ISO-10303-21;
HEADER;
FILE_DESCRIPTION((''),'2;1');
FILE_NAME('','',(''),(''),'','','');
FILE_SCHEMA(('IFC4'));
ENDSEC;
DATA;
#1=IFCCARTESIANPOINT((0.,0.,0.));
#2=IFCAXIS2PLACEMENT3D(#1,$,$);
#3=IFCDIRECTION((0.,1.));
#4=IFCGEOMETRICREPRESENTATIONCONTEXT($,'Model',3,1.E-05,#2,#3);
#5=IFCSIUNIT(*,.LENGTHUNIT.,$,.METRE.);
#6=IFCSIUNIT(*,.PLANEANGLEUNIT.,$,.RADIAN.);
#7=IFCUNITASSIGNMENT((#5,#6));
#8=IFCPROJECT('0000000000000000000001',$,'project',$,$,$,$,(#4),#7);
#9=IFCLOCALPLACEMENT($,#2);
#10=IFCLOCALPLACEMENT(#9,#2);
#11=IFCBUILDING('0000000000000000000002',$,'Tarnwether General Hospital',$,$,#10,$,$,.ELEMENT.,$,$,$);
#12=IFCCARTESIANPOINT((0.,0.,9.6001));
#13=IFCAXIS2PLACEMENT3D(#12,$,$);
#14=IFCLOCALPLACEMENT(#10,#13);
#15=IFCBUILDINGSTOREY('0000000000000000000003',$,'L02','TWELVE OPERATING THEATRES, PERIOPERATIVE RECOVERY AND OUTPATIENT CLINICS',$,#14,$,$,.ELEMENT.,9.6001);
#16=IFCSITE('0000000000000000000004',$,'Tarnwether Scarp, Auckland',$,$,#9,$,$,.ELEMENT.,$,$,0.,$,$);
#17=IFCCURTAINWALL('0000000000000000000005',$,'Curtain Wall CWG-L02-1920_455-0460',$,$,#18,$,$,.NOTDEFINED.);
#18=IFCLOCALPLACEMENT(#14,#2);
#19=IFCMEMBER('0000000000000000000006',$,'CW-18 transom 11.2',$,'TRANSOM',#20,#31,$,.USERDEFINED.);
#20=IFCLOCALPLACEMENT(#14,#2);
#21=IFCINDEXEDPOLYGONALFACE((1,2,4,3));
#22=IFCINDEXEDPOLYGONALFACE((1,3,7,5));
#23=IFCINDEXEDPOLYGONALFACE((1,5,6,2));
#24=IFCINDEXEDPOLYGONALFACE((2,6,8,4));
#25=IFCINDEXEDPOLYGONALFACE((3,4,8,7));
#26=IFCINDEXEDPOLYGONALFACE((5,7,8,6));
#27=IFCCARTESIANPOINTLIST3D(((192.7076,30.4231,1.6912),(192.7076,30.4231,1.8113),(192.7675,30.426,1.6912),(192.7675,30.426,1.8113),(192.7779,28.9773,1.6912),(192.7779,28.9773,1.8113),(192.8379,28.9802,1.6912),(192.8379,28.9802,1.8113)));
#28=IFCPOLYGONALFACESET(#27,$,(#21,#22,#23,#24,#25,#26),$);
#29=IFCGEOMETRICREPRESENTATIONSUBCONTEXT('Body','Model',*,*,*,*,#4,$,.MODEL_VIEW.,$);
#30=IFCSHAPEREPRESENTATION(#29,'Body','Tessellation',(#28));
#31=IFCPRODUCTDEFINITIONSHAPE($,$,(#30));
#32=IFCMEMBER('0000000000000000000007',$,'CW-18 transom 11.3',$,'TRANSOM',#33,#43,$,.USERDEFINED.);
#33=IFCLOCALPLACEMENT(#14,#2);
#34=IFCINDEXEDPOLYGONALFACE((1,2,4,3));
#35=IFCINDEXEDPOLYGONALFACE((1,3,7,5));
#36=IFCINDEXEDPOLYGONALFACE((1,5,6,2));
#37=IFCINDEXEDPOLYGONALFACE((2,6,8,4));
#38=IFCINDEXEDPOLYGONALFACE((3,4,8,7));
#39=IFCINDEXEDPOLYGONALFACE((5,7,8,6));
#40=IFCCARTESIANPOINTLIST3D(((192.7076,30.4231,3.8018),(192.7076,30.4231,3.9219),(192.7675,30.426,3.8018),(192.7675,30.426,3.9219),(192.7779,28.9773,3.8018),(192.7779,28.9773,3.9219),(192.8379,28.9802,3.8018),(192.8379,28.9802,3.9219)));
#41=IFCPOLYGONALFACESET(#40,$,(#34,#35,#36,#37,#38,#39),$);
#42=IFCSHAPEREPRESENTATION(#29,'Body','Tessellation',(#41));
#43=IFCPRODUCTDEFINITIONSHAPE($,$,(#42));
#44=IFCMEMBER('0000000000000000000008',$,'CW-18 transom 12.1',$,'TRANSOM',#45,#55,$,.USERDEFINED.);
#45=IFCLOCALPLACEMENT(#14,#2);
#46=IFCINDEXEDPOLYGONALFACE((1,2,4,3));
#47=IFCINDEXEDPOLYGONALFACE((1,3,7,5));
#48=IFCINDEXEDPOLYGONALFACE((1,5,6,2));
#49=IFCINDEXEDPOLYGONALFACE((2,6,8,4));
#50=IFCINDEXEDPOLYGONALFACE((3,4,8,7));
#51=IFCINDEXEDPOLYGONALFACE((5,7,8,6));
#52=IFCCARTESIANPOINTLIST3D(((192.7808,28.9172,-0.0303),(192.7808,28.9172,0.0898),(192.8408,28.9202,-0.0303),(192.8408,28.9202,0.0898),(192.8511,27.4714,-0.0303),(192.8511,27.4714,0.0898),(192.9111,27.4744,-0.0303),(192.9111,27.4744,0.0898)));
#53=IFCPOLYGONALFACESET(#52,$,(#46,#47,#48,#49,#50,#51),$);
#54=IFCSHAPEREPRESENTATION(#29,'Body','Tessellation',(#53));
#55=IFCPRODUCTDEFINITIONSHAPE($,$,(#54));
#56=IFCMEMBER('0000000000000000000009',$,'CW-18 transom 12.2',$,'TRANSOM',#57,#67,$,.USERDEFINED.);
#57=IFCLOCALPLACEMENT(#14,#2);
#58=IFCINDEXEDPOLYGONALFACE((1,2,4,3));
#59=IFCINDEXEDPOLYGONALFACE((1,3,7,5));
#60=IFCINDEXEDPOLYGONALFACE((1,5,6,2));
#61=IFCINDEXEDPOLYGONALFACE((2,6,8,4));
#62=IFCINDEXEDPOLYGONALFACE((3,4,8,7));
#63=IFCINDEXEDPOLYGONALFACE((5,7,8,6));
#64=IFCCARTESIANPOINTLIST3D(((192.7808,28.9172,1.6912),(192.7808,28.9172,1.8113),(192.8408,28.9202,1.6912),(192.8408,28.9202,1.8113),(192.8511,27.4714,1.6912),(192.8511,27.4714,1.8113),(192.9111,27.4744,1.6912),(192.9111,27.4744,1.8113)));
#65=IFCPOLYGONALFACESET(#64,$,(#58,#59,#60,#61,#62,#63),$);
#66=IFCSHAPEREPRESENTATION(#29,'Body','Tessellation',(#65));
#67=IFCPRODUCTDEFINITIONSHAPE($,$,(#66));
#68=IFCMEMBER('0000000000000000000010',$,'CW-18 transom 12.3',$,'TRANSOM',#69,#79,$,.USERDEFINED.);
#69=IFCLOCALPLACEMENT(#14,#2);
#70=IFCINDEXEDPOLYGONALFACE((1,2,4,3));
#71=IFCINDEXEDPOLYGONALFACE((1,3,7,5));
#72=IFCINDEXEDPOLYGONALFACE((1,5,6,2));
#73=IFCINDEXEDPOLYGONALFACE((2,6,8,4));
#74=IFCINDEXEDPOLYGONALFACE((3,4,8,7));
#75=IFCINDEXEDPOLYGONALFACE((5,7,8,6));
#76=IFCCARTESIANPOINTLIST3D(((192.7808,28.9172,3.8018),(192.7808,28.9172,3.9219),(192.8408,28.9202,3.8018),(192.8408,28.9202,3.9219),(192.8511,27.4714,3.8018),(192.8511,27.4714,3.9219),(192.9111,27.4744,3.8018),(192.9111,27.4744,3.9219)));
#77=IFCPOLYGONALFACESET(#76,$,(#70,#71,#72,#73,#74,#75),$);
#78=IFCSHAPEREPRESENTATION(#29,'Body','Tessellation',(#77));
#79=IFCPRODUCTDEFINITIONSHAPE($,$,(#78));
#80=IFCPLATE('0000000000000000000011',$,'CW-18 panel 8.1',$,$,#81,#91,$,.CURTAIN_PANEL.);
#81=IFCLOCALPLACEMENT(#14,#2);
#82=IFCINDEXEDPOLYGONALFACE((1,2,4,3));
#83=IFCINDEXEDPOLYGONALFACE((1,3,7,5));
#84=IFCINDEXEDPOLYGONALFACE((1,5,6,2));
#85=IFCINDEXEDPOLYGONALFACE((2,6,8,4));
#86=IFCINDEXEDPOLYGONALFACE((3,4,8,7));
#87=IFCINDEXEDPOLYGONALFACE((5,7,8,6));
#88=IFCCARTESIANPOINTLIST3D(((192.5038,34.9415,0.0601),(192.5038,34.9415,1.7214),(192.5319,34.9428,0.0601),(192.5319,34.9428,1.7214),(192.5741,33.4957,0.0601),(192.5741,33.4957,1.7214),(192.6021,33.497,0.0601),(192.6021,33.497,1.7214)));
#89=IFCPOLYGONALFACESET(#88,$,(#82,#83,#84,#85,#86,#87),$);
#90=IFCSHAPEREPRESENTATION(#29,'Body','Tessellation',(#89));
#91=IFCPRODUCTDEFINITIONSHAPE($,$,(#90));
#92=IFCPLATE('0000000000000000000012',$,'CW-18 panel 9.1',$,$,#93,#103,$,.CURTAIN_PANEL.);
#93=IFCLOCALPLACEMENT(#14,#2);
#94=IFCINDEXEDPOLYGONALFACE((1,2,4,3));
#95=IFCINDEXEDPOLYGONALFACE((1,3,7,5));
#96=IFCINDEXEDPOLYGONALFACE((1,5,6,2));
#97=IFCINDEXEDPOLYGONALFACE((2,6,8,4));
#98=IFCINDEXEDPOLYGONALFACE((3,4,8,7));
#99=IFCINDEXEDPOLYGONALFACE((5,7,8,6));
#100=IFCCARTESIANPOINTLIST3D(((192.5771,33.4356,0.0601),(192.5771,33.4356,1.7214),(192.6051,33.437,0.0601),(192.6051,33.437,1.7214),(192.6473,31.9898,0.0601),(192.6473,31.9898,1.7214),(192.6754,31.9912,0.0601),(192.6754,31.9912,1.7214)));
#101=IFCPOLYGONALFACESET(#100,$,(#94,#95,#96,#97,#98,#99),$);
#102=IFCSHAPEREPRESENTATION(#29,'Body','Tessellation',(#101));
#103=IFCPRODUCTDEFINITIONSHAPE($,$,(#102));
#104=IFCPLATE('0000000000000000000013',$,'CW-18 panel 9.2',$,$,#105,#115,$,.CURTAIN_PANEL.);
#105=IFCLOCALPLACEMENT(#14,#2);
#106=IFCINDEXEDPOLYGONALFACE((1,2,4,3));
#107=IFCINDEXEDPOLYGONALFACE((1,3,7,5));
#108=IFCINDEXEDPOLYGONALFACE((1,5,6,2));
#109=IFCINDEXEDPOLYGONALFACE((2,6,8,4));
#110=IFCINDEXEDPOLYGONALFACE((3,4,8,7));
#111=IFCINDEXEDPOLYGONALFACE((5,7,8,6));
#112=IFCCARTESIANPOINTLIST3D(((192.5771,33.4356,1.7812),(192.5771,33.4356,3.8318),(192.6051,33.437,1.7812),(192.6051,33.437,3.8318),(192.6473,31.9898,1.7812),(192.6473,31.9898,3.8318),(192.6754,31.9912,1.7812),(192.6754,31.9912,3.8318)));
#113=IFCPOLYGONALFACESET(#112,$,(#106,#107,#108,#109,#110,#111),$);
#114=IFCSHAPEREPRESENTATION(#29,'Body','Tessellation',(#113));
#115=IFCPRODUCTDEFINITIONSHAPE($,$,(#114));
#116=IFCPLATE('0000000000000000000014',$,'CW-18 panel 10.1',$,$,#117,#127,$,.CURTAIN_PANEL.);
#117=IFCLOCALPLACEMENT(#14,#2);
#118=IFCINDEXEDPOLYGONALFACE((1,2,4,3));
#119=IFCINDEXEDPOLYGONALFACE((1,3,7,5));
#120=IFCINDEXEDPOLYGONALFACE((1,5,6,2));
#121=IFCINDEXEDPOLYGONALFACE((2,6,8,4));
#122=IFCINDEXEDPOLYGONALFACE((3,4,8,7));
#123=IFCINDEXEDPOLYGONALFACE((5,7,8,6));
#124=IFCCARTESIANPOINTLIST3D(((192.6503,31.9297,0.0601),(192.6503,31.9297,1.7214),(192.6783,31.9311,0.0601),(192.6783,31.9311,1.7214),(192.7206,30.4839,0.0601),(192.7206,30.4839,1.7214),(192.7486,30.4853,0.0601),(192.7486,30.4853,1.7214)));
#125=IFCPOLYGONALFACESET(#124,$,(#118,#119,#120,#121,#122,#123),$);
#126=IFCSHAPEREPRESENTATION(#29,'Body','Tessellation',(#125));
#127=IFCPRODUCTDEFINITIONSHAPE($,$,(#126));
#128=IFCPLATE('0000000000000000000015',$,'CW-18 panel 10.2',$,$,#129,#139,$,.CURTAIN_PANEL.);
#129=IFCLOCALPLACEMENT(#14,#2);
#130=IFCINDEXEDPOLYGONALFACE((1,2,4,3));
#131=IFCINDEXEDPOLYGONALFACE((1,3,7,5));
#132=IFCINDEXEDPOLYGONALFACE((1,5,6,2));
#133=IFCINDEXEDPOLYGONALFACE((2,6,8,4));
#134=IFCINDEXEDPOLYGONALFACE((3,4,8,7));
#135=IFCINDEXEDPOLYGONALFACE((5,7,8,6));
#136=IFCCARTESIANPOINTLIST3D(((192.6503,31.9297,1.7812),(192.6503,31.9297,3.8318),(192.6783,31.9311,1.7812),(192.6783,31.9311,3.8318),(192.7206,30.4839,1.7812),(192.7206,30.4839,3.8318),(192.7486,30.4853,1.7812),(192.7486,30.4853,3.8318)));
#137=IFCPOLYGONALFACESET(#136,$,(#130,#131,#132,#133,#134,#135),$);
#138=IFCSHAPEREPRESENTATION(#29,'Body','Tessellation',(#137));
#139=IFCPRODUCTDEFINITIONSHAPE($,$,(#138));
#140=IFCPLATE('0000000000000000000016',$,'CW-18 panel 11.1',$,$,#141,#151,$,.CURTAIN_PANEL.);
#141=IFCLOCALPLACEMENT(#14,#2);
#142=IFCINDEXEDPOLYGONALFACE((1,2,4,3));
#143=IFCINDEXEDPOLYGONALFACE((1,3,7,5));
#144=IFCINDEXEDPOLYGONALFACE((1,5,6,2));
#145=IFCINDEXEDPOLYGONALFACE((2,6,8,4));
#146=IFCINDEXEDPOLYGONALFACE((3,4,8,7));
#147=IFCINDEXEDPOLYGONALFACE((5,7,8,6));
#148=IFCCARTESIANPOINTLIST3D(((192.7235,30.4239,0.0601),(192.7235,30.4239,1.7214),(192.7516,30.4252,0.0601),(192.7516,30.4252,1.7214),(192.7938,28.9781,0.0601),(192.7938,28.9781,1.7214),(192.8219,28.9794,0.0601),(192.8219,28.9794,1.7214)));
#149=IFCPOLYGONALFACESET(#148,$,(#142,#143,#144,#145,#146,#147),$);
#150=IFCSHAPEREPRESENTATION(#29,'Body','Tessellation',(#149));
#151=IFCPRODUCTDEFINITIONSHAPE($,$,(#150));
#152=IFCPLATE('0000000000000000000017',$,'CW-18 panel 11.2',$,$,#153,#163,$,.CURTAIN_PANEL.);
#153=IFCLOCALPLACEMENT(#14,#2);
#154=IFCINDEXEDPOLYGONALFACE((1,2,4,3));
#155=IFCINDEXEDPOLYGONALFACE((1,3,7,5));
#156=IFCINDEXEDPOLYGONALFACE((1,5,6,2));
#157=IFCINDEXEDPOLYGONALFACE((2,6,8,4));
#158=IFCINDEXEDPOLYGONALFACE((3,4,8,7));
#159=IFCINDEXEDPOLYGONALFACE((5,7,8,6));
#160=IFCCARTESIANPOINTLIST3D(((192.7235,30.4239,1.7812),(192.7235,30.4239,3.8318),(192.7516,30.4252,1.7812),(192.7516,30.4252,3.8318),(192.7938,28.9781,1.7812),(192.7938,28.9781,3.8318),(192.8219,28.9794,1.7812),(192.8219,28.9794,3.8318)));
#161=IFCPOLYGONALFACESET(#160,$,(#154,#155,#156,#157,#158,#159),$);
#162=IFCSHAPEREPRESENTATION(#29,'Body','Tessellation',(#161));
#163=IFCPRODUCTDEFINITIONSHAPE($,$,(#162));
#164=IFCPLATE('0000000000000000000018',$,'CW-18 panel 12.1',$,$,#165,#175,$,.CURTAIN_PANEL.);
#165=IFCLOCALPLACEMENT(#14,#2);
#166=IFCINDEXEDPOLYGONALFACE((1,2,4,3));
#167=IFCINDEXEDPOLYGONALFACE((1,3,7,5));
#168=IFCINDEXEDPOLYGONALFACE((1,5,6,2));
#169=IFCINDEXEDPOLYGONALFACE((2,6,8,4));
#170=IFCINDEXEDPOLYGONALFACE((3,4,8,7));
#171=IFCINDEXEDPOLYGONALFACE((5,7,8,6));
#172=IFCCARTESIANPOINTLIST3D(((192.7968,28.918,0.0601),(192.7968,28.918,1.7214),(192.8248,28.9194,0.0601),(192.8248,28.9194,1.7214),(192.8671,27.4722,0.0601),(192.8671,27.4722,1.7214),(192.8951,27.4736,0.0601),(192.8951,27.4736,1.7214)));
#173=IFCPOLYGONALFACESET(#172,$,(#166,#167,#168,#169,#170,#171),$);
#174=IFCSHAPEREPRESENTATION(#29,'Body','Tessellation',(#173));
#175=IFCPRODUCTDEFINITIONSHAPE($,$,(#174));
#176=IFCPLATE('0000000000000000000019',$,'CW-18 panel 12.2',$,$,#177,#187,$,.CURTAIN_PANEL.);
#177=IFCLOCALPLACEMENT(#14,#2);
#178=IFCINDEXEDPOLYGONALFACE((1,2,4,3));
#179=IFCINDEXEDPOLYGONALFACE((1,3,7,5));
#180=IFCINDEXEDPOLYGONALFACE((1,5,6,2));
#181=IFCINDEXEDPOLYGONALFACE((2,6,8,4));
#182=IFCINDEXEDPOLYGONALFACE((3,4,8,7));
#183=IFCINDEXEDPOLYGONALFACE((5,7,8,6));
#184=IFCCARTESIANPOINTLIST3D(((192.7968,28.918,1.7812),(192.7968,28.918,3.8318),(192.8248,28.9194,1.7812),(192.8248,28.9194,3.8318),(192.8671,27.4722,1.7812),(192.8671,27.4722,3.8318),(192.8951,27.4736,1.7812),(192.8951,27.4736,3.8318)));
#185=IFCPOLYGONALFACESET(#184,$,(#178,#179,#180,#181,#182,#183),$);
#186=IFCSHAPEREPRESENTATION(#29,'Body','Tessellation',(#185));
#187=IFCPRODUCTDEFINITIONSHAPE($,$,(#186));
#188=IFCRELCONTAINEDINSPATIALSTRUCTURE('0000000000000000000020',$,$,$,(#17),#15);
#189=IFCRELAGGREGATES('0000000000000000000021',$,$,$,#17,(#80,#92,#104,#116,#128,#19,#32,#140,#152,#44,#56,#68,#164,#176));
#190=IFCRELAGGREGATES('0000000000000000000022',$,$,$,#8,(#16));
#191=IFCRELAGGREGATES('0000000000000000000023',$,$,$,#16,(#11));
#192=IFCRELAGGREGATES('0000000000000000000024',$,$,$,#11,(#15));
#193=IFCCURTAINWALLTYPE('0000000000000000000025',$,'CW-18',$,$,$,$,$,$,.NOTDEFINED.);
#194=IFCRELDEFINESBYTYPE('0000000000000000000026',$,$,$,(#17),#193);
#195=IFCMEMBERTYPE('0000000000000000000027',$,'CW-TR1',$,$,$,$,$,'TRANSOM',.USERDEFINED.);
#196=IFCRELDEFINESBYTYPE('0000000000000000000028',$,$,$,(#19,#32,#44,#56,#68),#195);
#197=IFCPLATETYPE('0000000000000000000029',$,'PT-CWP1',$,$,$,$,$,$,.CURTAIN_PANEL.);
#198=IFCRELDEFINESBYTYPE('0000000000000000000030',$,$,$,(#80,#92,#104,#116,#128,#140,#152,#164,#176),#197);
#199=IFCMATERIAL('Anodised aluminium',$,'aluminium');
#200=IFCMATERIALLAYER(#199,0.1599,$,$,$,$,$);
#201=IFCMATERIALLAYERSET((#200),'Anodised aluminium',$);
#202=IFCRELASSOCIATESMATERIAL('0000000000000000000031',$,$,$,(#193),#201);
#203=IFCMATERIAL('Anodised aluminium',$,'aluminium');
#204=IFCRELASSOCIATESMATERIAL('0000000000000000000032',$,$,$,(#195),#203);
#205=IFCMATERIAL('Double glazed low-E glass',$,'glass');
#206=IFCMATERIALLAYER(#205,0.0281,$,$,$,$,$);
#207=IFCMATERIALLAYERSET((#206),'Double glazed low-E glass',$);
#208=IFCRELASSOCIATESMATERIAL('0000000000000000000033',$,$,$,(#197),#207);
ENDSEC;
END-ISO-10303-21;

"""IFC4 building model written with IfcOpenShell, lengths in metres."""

from ifc_helpers import new_model, si_unit, direction, frame, origin, origin_2d, place, context, subcontext, project, spatial, rectangle, extrude, material, layer, layer_set, material_profile, profile_set, type_object, element, aggregate, save


model = new_model("IFC4")

# Units and contexts
model_context = context("Model", 3, precision=1e-05, world=origin(), true_north=direction((0.0, 1.0)))
body_context = subcontext(model_context, "Body", "Model", "MODEL_VIEW")
ifc_project = project(units=[si_unit("LENGTHUNIT", "METRE"), si_unit("PLANEANGLEUNIT", "RADIAN")], contexts=[model_context])

# Site, building, storey
site_placement = place(None, origin())
site = spatial("IfcSite", under=ifc_project, at=site_placement, Name="Tarnwether Scarp, Auckland", CompositionType="ELEMENT", RefElevation=0.0)
building_placement = place(site_placement, origin())
building = spatial("IfcBuilding", under=site, at=building_placement, Name="Tarnwether General Hospital", CompositionType="ELEMENT")
storey_placement = place(building_placement, frame((0.0, 0.0, 9.6001)))
storey = spatial("IfcBuildingStorey", under=building, at=storey_placement, Name="L02", Description="TWELVE OPERATING THEATRES, PERIOPERATIVE RECOVERY AND OUTPATIENT CLINICS", CompositionType="ELEMENT", Elevation=9.6001)

# Curtain wall, members, plates
ifc_material_1 = material(Name="Anodised aluminium", Category="aluminium")
ifc_layer_1 = layer(ifc_material_1, 0.1599)
ifc_layer_set_1 = layer_set([ifc_layer_1], Name="Anodised aluminium")
curtain_wall_type = type_object("IfcCurtainWallType", Name="CW-18", PredefinedType="NOTDEFINED", material=ifc_layer_set_1)
curtain_wall_placement = place(storey_placement, origin())
curtain_wall = element("IfcCurtainWall", 1, at=curtain_wall_placement, inside=storey, type_object=curtain_wall_type, Name="Curtain Wall CWG-L02-1920_455-0460", PredefinedType="NOTDEFINED")
ifc_material_2 = material(Name="Anodised aluminium", Category="aluminium")
ifc_material_profile_1 = material_profile(ifc_material_2, rectangle(XDim=0.0601, YDim=0.1201, at=origin_2d()), Name="ALU-TRN-60x120")
ifc_profile_set_1 = profile_set([ifc_material_profile_1], Name="Anodised aluminium")
member_type_1 = type_object("IfcMemberType", Name="CW-TR1", ElementType="TRANSOM", PredefinedType="USERDEFINED", material=ifc_profile_set_1)
member_1_placement = place(storey_placement, frame((192.7375, 30.4246, 1.7512), z_axis=(0.048575, -0.99882, 0.0), x_axis=(0.99882, 0.048575, 0.0)))
member_1 = element("IfcMember", 2, at=member_1_placement, type_object=member_type_1, Name="CW-18 transom 11.2", ObjectType="TRANSOM", PredefinedType="USERDEFINED", context=body_context, shape_type="SweptSolid", body=[
    extrude(rectangle(XDim=0.0601, YDim=0.1201, at=origin_2d()), origin(), (0.0, 0.0, 1.0), 1.4475),
])
member_2_placement = place(storey_placement, frame((192.7375, 30.4246, 3.8618), z_axis=(0.048575, -0.99882, 0.0), x_axis=(0.99882, 0.048575, 0.0)))
member_2 = element("IfcMember", 3, at=member_2_placement, type_object=member_type_1, Name="CW-18 transom 11.3", ObjectType="TRANSOM", PredefinedType="USERDEFINED", context=body_context, shape_type="SweptSolid", body=[
    extrude(rectangle(XDim=0.0601, YDim=0.1201, at=origin_2d()), origin(), (0.0, 0.0, 1.0), 1.4475),
])
member_3_placement = place(storey_placement, frame((192.8108, 28.9187, 0.0298), z_axis=(0.048575, -0.99882, 0.0), x_axis=(0.99882, 0.048575, 0.0)))
member_3 = element("IfcMember", 4, at=member_3_placement, type_object=member_type_1, Name="CW-18 transom 12.1", ObjectType="TRANSOM", PredefinedType="USERDEFINED", context=body_context, shape_type="SweptSolid", body=[
    extrude(rectangle(XDim=0.0601, YDim=0.1201, at=origin_2d()), origin(), (0.0, 0.0, 1.0), 1.4475),
])
member_4_placement = place(storey_placement, frame((192.8108, 28.9187, 1.7512), z_axis=(0.048575, -0.99882, 0.0), x_axis=(0.99882, 0.048575, 0.0)))
member_4 = element("IfcMember", 5, at=member_4_placement, type_object=member_type_1, Name="CW-18 transom 12.2", ObjectType="TRANSOM", PredefinedType="USERDEFINED", context=body_context, shape_type="SweptSolid", body=[
    extrude(rectangle(XDim=0.0601, YDim=0.1201, at=origin_2d()), origin(), (0.0, 0.0, 1.0), 1.4475),
])
member_5_placement = place(storey_placement, frame((192.8108, 28.9187, 3.8618), z_axis=(0.048575, -0.99882, 0.0), x_axis=(0.99882, 0.048575, 0.0)))
member_5 = element("IfcMember", 6, at=member_5_placement, type_object=member_type_1, Name="CW-18 transom 12.3", ObjectType="TRANSOM", PredefinedType="USERDEFINED", context=body_context, shape_type="SweptSolid", body=[
    extrude(rectangle(XDim=0.0601, YDim=0.1201, at=origin_2d()), origin(), (0.0, 0.0, 1.0), 1.4475),
])
ifc_material_3 = material(Name="Double glazed low-E glass", Category="glass")
ifc_layer_2 = layer(ifc_material_3, 0.0281)
ifc_layer_set_2 = layer_set([ifc_layer_2], Name="Double glazed low-E glass")
plate_type_1 = type_object("IfcPlateType", Name="PT-CWP1", PredefinedType="CURTAIN_PANEL", material=ifc_layer_set_2)
plate_1_placement = place(storey_placement, frame((192.553, 34.2192, 0.0601), z_axis=(0.0, 0.0, 1.0), x_axis=(0.04856, -0.99882, 0.0)))
plate_1 = element("IfcPlate", 7, at=plate_1_placement, type_object=plate_type_1, Name="CW-18 panel 8.1", PredefinedType="CURTAIN_PANEL", context=body_context, shape_type="SweptSolid", body=[
    extrude(rectangle(XDim=1.4475, YDim=0.0281, at=origin_2d()), origin(), (0.0, 0.0, 1.0), 1.6614),
])
plate_2_placement = place(storey_placement, frame((192.6262, 32.7134, 0.0601), z_axis=(0.0, 0.0, 1.0), x_axis=(0.04856, -0.99882, 0.0)))
plate_2 = element("IfcPlate", 8, at=plate_2_placement, type_object=plate_type_1, Name="CW-18 panel 9.1", PredefinedType="CURTAIN_PANEL", context=body_context, shape_type="SweptSolid", body=[
    extrude(rectangle(XDim=1.4475, YDim=0.0281, at=origin_2d()), origin(), (0.0, 0.0, 1.0), 1.6614),
])
plate_3_placement = place(storey_placement, frame((192.6262, 32.7134, 1.7812), z_axis=(0.0, 0.0, 1.0), x_axis=(0.04856, -0.99882, 0.0)))
plate_3 = element("IfcPlate", 9, at=plate_3_placement, type_object=plate_type_1, Name="CW-18 panel 9.2", PredefinedType="CURTAIN_PANEL", context=body_context, shape_type="SweptSolid", body=[
    extrude(rectangle(XDim=1.4475, YDim=0.0281, at=origin_2d()), origin(), (0.0, 0.0, 1.0), 2.0505),
])
plate_4_placement = place(storey_placement, frame((192.6995, 31.2075, 0.0601), z_axis=(0.0, 0.0, 1.0), x_axis=(0.04856, -0.99882, 0.0)))
plate_4 = element("IfcPlate", 10, at=plate_4_placement, type_object=plate_type_1, Name="CW-18 panel 10.1", PredefinedType="CURTAIN_PANEL", context=body_context, shape_type="SweptSolid", body=[
    extrude(rectangle(XDim=1.4475, YDim=0.0281, at=origin_2d()), origin(), (0.0, 0.0, 1.0), 1.6614),
])
plate_5_placement = place(storey_placement, frame((192.6995, 31.2075, 1.7812), z_axis=(0.0, 0.0, 1.0), x_axis=(0.04856, -0.99882, 0.0)))
plate_5 = element("IfcPlate", 11, at=plate_5_placement, type_object=plate_type_1, Name="CW-18 panel 10.2", PredefinedType="CURTAIN_PANEL", context=body_context, shape_type="SweptSolid", body=[
    extrude(rectangle(XDim=1.4475, YDim=0.0281, at=origin_2d()), origin(), (0.0, 0.0, 1.0), 2.0505),
])
plate_6_placement = place(storey_placement, frame((192.7727, 29.7017, 0.0601), z_axis=(0.0, 0.0, 1.0), x_axis=(0.04856, -0.99882, 0.0)))
plate_6 = element("IfcPlate", 12, at=plate_6_placement, type_object=plate_type_1, Name="CW-18 panel 11.1", PredefinedType="CURTAIN_PANEL", context=body_context, shape_type="SweptSolid", body=[
    extrude(rectangle(XDim=1.4475, YDim=0.0281, at=origin_2d()), origin(), (0.0, 0.0, 1.0), 1.6614),
])
plate_7_placement = place(storey_placement, frame((192.7727, 29.7017, 1.7812), z_axis=(0.0, 0.0, 1.0), x_axis=(0.04856, -0.99882, 0.0)))
plate_7 = element("IfcPlate", 13, at=plate_7_placement, type_object=plate_type_1, Name="CW-18 panel 11.2", PredefinedType="CURTAIN_PANEL", context=body_context, shape_type="SweptSolid", body=[
    extrude(rectangle(XDim=1.4475, YDim=0.0281, at=origin_2d()), origin(), (0.0, 0.0, 1.0), 2.0505),
])
plate_8_placement = place(storey_placement, frame((192.8459, 28.1958, 0.0601), z_axis=(0.0, 0.0, 1.0), x_axis=(0.04856, -0.99882, 0.0)))
plate_8 = element("IfcPlate", 14, at=plate_8_placement, type_object=plate_type_1, Name="CW-18 panel 12.1", PredefinedType="CURTAIN_PANEL", context=body_context, shape_type="SweptSolid", body=[
    extrude(rectangle(XDim=1.4475, YDim=0.0281, at=origin_2d()), origin(), (0.0, 0.0, 1.0), 1.6614),
])
plate_9_placement = place(storey_placement, frame((192.8459, 28.1958, 1.7812), z_axis=(0.0, 0.0, 1.0), x_axis=(0.04856, -0.99882, 0.0)))
plate_9 = element("IfcPlate", 15, at=plate_9_placement, type_object=plate_type_1, Name="CW-18 panel 12.2", PredefinedType="CURTAIN_PANEL", context=body_context, shape_type="SweptSolid", body=[
    extrude(rectangle(XDim=1.4475, YDim=0.0281, at=origin_2d()), origin(), (0.0, 0.0, 1.0), 2.0505),
])
aggregate(curtain_wall, [plate_1, plate_2, plate_3, plate_4, plate_5, member_1, member_2, plate_6, plate_7, member_3, member_4, member_5, plate_8, plate_9])

save(model, "model.ifc")
